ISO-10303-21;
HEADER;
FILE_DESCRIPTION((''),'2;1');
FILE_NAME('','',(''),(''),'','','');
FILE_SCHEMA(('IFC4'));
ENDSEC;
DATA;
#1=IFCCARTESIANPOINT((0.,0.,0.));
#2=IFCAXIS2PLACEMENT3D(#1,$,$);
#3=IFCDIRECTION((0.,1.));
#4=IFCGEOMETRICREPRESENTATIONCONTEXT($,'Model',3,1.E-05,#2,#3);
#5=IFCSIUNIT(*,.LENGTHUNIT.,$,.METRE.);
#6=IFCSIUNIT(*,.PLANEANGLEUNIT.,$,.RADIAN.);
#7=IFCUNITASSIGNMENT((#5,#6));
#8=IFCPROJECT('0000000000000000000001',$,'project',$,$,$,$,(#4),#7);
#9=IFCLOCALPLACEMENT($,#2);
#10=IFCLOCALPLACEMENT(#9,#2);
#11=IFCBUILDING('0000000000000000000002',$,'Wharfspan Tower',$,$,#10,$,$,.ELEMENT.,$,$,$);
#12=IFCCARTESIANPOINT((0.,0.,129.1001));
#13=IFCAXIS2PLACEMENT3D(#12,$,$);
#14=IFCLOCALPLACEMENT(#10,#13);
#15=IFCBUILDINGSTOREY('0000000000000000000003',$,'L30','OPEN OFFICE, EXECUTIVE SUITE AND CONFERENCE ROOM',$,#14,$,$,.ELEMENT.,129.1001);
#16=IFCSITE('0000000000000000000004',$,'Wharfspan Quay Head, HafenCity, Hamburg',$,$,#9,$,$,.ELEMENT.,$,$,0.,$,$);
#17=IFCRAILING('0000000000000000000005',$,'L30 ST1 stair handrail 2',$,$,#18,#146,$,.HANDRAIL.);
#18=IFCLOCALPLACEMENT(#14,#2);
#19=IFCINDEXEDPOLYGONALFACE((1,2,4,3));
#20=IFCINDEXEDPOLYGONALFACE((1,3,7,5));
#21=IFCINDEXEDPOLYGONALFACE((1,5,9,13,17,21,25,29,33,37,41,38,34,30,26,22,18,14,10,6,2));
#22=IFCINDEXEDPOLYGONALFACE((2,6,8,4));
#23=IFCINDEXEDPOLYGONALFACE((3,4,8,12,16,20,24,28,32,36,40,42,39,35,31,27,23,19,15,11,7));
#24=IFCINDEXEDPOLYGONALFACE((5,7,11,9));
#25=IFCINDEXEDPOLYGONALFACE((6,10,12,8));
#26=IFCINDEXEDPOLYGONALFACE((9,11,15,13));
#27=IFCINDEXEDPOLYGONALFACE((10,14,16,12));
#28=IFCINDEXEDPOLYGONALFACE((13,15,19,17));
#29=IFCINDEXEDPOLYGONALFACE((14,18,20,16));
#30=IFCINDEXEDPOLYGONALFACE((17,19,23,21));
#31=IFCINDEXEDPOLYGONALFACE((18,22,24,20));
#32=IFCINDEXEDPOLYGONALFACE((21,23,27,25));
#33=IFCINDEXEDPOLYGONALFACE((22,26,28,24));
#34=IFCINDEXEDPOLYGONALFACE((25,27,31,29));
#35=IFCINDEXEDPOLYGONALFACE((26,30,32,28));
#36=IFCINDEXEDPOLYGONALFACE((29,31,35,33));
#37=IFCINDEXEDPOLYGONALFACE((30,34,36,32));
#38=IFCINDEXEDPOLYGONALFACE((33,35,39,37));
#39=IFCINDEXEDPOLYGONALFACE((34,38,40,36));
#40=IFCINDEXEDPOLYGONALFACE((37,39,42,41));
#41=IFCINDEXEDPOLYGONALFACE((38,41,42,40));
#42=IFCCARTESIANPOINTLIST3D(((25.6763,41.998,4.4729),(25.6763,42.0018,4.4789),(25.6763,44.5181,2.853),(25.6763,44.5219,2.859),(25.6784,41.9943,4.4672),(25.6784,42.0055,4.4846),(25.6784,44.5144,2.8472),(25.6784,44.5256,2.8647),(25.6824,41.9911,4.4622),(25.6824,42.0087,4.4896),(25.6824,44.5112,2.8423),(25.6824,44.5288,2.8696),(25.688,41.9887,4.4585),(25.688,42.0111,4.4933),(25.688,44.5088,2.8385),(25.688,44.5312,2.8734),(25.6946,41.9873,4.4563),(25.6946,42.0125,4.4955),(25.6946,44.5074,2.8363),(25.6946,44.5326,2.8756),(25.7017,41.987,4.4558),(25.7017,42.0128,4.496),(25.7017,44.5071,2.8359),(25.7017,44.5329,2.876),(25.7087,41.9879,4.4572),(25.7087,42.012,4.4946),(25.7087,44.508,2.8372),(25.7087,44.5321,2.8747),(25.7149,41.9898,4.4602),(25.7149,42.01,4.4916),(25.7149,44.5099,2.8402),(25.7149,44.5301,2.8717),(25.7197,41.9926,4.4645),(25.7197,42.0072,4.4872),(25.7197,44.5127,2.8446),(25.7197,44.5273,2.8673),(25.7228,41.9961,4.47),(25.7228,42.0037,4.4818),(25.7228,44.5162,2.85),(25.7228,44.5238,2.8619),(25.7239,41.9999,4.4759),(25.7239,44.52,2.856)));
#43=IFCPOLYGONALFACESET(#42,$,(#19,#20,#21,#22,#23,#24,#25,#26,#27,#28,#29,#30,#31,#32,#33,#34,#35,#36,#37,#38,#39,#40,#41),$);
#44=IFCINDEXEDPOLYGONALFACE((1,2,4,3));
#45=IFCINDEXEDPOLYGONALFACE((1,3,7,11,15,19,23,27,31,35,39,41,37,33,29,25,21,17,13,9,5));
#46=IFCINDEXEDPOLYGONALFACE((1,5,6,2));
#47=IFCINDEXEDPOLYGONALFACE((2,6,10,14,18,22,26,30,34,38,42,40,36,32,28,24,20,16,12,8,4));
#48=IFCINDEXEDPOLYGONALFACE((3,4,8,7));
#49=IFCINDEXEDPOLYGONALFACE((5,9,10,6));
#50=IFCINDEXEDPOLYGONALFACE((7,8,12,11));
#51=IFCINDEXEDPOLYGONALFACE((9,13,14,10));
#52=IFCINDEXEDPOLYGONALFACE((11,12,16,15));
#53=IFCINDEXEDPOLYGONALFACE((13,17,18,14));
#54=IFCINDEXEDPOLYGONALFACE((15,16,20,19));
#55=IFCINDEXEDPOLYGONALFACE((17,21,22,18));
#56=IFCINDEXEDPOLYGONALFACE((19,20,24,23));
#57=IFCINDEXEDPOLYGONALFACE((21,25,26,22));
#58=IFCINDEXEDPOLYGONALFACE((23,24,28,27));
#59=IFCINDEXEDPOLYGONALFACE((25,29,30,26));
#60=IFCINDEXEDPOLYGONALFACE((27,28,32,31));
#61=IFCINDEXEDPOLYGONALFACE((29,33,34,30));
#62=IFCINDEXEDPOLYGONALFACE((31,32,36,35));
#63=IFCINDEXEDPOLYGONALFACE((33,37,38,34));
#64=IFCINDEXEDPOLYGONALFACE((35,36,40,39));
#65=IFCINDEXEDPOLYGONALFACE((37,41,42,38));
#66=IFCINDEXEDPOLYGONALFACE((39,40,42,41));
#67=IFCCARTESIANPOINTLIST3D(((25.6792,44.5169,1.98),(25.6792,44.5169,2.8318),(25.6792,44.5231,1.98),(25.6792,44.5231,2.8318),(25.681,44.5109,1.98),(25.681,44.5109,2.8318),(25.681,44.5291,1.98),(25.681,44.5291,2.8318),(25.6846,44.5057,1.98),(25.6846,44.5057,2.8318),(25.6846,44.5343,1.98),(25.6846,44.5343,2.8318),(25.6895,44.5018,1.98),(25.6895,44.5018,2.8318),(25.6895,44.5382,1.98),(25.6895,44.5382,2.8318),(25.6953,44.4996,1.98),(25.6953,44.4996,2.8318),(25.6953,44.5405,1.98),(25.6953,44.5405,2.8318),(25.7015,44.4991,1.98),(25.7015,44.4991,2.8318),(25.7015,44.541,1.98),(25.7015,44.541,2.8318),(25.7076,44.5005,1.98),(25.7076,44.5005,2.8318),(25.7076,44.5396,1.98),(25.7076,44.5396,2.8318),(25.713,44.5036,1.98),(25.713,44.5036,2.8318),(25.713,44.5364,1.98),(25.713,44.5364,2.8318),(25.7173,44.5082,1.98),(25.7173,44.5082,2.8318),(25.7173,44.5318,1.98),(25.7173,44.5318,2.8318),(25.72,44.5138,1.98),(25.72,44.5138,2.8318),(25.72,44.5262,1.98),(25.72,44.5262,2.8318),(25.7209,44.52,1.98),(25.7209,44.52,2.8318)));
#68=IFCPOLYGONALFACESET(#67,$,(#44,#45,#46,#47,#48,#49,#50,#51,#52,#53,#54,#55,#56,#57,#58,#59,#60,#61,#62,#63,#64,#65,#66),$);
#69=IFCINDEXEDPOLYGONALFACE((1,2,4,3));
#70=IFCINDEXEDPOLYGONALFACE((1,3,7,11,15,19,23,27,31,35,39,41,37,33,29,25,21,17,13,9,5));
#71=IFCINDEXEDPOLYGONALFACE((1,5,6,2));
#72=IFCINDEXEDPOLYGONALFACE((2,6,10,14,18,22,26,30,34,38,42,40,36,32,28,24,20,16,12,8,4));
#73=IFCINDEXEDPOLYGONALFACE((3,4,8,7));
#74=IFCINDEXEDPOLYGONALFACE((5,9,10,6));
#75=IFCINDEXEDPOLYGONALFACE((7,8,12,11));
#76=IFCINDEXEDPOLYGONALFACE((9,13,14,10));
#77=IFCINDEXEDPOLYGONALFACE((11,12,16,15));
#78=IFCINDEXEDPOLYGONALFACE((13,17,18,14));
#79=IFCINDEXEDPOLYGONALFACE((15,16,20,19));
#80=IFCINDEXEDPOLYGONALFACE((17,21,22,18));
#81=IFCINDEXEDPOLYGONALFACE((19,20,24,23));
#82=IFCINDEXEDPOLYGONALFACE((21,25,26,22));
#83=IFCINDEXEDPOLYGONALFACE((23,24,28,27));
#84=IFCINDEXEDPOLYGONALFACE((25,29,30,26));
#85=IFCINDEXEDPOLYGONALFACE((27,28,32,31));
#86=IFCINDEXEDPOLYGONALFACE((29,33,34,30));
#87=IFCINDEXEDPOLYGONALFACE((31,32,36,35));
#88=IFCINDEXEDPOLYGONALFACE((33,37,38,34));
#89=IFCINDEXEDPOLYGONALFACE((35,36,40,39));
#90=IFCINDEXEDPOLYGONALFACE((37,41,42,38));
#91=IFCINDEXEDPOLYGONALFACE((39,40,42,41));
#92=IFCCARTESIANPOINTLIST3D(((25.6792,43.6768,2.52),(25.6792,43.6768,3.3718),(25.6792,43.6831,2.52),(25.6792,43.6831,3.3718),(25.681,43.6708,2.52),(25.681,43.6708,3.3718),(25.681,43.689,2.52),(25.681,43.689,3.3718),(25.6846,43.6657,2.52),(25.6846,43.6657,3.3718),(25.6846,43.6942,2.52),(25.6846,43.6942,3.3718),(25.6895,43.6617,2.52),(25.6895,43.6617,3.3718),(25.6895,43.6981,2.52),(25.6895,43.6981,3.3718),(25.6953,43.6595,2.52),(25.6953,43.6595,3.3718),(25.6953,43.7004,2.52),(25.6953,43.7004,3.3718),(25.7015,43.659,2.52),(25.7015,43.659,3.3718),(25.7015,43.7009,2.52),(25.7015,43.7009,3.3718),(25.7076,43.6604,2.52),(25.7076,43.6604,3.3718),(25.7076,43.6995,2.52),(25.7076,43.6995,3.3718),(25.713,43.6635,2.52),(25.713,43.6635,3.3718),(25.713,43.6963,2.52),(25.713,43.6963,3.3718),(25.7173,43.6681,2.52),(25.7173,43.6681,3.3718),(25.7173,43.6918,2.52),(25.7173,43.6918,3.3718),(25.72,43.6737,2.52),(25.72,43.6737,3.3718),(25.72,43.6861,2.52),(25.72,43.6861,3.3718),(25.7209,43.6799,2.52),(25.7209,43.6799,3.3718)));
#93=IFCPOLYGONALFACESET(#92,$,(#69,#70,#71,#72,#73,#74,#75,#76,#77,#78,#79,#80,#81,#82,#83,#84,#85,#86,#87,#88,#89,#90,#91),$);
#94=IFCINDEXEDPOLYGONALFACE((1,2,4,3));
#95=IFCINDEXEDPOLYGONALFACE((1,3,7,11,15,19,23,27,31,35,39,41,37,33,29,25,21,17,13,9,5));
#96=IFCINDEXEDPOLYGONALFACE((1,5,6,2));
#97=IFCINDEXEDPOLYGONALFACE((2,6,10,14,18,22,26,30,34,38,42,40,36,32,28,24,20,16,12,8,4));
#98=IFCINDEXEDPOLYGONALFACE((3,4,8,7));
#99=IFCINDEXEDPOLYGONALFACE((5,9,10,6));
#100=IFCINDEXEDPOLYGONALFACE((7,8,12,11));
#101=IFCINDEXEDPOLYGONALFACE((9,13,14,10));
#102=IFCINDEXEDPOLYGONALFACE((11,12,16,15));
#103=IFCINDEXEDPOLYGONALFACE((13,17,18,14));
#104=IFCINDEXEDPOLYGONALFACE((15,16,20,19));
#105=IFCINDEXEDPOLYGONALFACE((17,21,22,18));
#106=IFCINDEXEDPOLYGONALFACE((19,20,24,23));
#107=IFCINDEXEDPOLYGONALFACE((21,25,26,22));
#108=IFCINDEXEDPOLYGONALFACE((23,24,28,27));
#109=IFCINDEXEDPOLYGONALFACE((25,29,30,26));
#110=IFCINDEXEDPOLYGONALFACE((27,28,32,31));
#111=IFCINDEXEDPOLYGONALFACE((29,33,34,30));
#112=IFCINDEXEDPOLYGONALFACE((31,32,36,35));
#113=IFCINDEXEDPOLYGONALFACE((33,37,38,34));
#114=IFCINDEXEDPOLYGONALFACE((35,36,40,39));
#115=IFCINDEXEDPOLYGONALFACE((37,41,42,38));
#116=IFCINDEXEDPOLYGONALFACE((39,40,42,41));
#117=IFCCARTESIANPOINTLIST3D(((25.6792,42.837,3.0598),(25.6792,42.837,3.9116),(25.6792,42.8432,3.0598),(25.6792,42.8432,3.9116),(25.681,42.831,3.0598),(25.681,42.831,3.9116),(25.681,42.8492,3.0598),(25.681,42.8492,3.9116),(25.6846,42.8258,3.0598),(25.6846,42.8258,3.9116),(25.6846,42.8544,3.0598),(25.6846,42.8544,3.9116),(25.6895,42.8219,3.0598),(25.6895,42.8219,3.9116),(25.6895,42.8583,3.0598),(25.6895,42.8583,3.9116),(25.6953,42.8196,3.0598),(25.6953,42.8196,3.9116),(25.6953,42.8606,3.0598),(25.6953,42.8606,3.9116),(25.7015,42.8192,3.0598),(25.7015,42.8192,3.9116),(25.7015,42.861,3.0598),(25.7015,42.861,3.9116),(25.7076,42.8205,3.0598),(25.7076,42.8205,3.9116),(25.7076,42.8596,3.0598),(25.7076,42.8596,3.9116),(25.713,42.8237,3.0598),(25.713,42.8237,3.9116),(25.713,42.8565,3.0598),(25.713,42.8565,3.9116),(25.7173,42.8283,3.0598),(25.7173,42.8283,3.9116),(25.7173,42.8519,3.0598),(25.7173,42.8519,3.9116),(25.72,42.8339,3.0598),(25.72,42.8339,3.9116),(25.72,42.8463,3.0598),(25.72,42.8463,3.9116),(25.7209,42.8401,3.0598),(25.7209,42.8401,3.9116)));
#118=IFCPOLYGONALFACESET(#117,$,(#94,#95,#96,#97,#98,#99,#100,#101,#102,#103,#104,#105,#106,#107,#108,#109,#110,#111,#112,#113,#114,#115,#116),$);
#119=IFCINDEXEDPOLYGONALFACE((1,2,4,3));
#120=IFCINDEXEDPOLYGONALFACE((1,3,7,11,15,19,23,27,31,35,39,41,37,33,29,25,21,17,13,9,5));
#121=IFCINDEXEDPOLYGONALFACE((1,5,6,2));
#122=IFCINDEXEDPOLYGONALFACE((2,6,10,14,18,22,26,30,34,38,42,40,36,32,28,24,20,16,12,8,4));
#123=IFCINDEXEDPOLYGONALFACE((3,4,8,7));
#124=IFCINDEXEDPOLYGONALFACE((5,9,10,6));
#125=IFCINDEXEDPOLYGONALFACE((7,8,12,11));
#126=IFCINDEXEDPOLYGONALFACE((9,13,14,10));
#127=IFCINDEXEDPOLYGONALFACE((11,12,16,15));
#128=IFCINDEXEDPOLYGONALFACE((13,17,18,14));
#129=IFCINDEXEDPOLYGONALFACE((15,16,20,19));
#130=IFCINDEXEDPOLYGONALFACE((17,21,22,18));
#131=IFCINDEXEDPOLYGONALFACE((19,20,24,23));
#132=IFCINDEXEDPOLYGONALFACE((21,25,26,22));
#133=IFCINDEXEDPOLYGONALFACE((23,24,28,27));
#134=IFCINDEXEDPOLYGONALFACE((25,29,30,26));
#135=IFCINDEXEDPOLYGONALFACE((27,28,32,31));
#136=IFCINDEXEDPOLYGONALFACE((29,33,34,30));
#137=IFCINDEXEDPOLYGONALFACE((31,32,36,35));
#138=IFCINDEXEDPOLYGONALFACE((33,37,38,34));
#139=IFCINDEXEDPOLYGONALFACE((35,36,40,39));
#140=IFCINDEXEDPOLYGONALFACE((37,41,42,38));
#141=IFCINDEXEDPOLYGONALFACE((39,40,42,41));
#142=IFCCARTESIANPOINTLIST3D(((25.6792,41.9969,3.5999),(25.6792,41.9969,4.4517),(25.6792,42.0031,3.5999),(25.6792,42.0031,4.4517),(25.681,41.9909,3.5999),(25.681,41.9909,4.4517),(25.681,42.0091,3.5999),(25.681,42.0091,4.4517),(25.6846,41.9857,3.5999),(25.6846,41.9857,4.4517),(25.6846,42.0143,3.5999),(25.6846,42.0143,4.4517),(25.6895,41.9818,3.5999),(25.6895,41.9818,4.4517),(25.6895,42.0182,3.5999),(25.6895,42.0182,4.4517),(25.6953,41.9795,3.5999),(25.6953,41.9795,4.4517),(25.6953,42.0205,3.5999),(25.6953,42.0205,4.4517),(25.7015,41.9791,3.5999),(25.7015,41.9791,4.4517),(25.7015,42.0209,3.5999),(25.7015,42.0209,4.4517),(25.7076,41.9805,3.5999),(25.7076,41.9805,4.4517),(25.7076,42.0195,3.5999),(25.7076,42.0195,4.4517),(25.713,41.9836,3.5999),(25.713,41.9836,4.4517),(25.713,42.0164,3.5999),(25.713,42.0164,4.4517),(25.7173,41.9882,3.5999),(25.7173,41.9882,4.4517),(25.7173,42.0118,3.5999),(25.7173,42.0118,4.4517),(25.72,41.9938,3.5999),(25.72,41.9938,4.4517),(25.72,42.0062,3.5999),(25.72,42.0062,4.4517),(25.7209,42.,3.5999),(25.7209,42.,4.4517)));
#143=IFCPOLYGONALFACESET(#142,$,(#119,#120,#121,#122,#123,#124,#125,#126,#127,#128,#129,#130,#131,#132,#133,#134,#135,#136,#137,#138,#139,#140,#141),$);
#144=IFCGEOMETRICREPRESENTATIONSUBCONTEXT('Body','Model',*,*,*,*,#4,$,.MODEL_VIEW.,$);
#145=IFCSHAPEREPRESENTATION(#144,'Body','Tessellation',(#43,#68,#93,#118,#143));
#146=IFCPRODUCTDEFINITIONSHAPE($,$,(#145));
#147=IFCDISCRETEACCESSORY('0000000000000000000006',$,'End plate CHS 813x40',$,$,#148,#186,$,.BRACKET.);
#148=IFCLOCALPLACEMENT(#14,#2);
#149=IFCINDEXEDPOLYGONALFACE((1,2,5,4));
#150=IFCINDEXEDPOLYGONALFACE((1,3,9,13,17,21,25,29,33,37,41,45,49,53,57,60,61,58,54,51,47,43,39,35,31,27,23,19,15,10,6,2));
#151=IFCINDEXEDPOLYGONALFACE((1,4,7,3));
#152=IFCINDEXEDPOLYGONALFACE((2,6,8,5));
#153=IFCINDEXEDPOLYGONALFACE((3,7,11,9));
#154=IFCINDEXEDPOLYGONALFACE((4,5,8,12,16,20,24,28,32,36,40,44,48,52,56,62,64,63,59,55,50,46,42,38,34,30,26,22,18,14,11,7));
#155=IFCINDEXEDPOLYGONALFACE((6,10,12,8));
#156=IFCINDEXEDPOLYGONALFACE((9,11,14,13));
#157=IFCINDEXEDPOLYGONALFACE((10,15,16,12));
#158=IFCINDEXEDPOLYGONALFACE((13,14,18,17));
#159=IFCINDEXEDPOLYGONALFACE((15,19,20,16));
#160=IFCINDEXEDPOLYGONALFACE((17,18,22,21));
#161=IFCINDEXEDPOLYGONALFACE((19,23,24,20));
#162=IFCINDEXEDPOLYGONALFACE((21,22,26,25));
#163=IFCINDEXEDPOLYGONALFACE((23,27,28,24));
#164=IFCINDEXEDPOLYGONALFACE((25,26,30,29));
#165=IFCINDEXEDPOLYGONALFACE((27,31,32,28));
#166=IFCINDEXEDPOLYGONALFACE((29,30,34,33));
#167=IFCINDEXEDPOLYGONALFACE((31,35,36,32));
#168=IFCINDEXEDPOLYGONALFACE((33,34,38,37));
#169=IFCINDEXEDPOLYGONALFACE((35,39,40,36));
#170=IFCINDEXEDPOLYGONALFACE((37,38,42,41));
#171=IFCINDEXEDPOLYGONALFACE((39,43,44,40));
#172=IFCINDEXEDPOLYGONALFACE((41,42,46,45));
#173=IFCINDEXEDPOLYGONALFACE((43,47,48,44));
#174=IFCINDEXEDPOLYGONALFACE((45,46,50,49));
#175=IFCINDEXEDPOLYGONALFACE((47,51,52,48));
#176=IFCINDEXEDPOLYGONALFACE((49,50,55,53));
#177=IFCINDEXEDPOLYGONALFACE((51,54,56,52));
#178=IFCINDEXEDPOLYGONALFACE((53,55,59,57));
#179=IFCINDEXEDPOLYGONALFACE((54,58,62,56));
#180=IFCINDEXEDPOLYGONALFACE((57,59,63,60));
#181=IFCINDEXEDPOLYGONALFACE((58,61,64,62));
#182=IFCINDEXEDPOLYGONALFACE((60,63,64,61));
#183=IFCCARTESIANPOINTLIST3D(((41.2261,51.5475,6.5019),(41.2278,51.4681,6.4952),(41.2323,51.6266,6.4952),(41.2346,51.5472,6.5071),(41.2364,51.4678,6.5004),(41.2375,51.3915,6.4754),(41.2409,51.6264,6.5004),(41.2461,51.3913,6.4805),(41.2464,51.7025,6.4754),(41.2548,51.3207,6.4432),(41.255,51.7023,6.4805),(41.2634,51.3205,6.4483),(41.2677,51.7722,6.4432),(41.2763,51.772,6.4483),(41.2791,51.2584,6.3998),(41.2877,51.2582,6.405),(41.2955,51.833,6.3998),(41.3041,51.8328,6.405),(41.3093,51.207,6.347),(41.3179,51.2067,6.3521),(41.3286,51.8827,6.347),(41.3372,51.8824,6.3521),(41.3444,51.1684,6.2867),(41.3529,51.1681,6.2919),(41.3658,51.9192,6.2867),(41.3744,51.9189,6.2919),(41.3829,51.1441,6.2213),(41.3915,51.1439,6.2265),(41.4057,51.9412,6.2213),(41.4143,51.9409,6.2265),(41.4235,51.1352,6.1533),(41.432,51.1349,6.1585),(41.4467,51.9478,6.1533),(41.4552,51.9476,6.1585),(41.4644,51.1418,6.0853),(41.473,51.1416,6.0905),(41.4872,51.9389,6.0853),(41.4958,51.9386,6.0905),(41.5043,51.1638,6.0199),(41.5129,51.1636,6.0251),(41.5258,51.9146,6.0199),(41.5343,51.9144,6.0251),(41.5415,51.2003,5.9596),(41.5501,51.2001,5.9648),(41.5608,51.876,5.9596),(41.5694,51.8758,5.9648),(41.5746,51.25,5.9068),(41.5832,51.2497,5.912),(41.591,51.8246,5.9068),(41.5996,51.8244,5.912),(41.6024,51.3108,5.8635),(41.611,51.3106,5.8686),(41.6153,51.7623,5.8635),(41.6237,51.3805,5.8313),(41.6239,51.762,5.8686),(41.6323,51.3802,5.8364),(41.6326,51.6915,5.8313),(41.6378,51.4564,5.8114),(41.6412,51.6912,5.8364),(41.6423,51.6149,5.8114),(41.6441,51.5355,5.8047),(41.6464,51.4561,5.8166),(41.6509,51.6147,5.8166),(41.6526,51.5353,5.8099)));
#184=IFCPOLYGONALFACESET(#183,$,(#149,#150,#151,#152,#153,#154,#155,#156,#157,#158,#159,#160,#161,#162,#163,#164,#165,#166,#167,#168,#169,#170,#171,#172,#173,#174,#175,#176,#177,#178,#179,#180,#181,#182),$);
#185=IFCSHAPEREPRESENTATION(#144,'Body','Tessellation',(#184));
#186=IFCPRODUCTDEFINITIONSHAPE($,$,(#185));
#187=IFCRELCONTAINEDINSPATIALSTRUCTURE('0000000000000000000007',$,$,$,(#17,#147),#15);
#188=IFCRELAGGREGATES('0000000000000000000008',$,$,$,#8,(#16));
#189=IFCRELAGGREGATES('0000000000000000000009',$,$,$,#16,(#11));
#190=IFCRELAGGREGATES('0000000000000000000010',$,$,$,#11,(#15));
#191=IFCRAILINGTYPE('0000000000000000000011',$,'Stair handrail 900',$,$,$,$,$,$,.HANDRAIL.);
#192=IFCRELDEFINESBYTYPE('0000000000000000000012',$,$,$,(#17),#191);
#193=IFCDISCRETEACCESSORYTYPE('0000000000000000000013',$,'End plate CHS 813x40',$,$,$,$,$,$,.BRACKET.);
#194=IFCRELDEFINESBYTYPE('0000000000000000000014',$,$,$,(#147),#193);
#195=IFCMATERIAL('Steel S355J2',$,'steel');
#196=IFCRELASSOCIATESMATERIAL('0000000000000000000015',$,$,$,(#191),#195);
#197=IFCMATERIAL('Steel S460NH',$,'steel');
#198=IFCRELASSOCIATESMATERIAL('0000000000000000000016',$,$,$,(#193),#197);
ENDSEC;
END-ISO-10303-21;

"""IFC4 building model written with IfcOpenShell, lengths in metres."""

from ifc_helpers import new_model, si_unit, direction, frame, origin, origin_2d, place, context, subcontext, project, spatial, circle, extrude, material, material_profile, profile_set, type_object, element, save


model = new_model("IFC4")

# Units and contexts
model_context = context("Model", 3, precision=1e-05, world=origin(), true_north=direction((0.0, 1.0)))
body_context = subcontext(model_context, "Body", "Model", "MODEL_VIEW")
ifc_project = project(units=[si_unit("LENGTHUNIT", "METRE"), si_unit("PLANEANGLEUNIT", "RADIAN")], contexts=[model_context])

# Site, building, storey
site_placement = place(None, origin())
site = spatial("IfcSite", under=ifc_project, at=site_placement, Name="Wharfspan Quay Head, HafenCity, Hamburg", CompositionType="ELEMENT", RefElevation=0.0)
building_placement = place(site_placement, origin())
building = spatial("IfcBuilding", under=site, at=building_placement, Name="Wharfspan Tower", CompositionType="ELEMENT")
storey_placement = place(building_placement, frame((0.0, 0.0, 129.1001)))
storey = spatial("IfcBuildingStorey", under=building, at=storey_placement, Name="L30", Description="OPEN OFFICE, EXECUTIVE SUITE AND CONFERENCE ROOM", CompositionType="ELEMENT", Elevation=129.1001)

# Shared definitions
ifc_material_1 = material(Name="Steel S355J2", Category="steel")

# Shared definitions
ifc_material_2 = material(Name="Steel S460NH", Category="steel")

# Railing
railing_type_1 = type_object("IfcRailingType", Name="Stair handrail 900", PredefinedType="HANDRAIL", material=ifc_material_1)
railing_1_placement = place(storey_placement, frame((25.7, 44.52, 1.98)))
element("IfcRailing", 1, at=railing_1_placement, inside=storey, type_object=railing_type_1, Name="L30 ST1 stair handrail 2", PredefinedType="HANDRAIL", context=body_context, shape_type="SweptSolid", body=[
    extrude(circle(Radius=0.0239, at=origin_2d()), frame((0.0, 0.0, 0.876), z_axis=(0.0, -0.8412, 0.540725), x_axis=(1.0, 0.0, 0.0)), (0.0, 0.0, 1.0), 2.9958),
    extrude(circle(Radius=0.021, at=origin_2d()), origin(), (0.0, 0.0, 1.0), 0.8518),
    extrude(circle(Radius=0.021, at=origin_2d()), frame((0.0, -0.8401, 0.54)), (0.0, 0.0, 1.0), 0.8518),
    extrude(circle(Radius=0.021, at=origin_2d()), frame((0.0, -1.6799, 1.0798)), (0.0, 0.0, 1.0), 0.8518),
    extrude(circle(Radius=0.021, at=origin_2d()), frame((0.0, -2.52, 1.6199)), (0.0, 0.0, 1.0), 0.8518),
])

# Discrete accessory
ifc_material_profile_1 = material_profile(ifc_material_2, circle(Radius=0.4065, at=origin_2d()))
ifc_profile_set_1 = profile_set([ifc_material_profile_1], Name="Steel S460NH")
discrete_accessory_type = type_object("IfcDiscreteAccessoryType", Name="End plate CHS 813x40", PredefinedType="BRACKET", material=ifc_profile_set_1)
for number, where, z_axis, x_axis, name in (
    (2, (41.4351, 51.5415, 6.1533), (0.857236, -0.024492, 0.514341), (0.028558, 0.999591, 0.000002), "End plate CHS 813x40"),
):
    element("IfcDiscreteAccessory", number, at=place(storey_placement, frame(where, z_axis=z_axis, x_axis=x_axis)), inside=storey, type_object=discrete_accessory_type, Name=name, PredefinedType="BRACKET", context=body_context, shape_type="SweptSolid", body=[
        extrude(circle(Radius=0.4065, at=origin_2d()), origin(), (0.0, 0.0, 1.0), 0.01),
    ])

save(model, "model.ifc")
